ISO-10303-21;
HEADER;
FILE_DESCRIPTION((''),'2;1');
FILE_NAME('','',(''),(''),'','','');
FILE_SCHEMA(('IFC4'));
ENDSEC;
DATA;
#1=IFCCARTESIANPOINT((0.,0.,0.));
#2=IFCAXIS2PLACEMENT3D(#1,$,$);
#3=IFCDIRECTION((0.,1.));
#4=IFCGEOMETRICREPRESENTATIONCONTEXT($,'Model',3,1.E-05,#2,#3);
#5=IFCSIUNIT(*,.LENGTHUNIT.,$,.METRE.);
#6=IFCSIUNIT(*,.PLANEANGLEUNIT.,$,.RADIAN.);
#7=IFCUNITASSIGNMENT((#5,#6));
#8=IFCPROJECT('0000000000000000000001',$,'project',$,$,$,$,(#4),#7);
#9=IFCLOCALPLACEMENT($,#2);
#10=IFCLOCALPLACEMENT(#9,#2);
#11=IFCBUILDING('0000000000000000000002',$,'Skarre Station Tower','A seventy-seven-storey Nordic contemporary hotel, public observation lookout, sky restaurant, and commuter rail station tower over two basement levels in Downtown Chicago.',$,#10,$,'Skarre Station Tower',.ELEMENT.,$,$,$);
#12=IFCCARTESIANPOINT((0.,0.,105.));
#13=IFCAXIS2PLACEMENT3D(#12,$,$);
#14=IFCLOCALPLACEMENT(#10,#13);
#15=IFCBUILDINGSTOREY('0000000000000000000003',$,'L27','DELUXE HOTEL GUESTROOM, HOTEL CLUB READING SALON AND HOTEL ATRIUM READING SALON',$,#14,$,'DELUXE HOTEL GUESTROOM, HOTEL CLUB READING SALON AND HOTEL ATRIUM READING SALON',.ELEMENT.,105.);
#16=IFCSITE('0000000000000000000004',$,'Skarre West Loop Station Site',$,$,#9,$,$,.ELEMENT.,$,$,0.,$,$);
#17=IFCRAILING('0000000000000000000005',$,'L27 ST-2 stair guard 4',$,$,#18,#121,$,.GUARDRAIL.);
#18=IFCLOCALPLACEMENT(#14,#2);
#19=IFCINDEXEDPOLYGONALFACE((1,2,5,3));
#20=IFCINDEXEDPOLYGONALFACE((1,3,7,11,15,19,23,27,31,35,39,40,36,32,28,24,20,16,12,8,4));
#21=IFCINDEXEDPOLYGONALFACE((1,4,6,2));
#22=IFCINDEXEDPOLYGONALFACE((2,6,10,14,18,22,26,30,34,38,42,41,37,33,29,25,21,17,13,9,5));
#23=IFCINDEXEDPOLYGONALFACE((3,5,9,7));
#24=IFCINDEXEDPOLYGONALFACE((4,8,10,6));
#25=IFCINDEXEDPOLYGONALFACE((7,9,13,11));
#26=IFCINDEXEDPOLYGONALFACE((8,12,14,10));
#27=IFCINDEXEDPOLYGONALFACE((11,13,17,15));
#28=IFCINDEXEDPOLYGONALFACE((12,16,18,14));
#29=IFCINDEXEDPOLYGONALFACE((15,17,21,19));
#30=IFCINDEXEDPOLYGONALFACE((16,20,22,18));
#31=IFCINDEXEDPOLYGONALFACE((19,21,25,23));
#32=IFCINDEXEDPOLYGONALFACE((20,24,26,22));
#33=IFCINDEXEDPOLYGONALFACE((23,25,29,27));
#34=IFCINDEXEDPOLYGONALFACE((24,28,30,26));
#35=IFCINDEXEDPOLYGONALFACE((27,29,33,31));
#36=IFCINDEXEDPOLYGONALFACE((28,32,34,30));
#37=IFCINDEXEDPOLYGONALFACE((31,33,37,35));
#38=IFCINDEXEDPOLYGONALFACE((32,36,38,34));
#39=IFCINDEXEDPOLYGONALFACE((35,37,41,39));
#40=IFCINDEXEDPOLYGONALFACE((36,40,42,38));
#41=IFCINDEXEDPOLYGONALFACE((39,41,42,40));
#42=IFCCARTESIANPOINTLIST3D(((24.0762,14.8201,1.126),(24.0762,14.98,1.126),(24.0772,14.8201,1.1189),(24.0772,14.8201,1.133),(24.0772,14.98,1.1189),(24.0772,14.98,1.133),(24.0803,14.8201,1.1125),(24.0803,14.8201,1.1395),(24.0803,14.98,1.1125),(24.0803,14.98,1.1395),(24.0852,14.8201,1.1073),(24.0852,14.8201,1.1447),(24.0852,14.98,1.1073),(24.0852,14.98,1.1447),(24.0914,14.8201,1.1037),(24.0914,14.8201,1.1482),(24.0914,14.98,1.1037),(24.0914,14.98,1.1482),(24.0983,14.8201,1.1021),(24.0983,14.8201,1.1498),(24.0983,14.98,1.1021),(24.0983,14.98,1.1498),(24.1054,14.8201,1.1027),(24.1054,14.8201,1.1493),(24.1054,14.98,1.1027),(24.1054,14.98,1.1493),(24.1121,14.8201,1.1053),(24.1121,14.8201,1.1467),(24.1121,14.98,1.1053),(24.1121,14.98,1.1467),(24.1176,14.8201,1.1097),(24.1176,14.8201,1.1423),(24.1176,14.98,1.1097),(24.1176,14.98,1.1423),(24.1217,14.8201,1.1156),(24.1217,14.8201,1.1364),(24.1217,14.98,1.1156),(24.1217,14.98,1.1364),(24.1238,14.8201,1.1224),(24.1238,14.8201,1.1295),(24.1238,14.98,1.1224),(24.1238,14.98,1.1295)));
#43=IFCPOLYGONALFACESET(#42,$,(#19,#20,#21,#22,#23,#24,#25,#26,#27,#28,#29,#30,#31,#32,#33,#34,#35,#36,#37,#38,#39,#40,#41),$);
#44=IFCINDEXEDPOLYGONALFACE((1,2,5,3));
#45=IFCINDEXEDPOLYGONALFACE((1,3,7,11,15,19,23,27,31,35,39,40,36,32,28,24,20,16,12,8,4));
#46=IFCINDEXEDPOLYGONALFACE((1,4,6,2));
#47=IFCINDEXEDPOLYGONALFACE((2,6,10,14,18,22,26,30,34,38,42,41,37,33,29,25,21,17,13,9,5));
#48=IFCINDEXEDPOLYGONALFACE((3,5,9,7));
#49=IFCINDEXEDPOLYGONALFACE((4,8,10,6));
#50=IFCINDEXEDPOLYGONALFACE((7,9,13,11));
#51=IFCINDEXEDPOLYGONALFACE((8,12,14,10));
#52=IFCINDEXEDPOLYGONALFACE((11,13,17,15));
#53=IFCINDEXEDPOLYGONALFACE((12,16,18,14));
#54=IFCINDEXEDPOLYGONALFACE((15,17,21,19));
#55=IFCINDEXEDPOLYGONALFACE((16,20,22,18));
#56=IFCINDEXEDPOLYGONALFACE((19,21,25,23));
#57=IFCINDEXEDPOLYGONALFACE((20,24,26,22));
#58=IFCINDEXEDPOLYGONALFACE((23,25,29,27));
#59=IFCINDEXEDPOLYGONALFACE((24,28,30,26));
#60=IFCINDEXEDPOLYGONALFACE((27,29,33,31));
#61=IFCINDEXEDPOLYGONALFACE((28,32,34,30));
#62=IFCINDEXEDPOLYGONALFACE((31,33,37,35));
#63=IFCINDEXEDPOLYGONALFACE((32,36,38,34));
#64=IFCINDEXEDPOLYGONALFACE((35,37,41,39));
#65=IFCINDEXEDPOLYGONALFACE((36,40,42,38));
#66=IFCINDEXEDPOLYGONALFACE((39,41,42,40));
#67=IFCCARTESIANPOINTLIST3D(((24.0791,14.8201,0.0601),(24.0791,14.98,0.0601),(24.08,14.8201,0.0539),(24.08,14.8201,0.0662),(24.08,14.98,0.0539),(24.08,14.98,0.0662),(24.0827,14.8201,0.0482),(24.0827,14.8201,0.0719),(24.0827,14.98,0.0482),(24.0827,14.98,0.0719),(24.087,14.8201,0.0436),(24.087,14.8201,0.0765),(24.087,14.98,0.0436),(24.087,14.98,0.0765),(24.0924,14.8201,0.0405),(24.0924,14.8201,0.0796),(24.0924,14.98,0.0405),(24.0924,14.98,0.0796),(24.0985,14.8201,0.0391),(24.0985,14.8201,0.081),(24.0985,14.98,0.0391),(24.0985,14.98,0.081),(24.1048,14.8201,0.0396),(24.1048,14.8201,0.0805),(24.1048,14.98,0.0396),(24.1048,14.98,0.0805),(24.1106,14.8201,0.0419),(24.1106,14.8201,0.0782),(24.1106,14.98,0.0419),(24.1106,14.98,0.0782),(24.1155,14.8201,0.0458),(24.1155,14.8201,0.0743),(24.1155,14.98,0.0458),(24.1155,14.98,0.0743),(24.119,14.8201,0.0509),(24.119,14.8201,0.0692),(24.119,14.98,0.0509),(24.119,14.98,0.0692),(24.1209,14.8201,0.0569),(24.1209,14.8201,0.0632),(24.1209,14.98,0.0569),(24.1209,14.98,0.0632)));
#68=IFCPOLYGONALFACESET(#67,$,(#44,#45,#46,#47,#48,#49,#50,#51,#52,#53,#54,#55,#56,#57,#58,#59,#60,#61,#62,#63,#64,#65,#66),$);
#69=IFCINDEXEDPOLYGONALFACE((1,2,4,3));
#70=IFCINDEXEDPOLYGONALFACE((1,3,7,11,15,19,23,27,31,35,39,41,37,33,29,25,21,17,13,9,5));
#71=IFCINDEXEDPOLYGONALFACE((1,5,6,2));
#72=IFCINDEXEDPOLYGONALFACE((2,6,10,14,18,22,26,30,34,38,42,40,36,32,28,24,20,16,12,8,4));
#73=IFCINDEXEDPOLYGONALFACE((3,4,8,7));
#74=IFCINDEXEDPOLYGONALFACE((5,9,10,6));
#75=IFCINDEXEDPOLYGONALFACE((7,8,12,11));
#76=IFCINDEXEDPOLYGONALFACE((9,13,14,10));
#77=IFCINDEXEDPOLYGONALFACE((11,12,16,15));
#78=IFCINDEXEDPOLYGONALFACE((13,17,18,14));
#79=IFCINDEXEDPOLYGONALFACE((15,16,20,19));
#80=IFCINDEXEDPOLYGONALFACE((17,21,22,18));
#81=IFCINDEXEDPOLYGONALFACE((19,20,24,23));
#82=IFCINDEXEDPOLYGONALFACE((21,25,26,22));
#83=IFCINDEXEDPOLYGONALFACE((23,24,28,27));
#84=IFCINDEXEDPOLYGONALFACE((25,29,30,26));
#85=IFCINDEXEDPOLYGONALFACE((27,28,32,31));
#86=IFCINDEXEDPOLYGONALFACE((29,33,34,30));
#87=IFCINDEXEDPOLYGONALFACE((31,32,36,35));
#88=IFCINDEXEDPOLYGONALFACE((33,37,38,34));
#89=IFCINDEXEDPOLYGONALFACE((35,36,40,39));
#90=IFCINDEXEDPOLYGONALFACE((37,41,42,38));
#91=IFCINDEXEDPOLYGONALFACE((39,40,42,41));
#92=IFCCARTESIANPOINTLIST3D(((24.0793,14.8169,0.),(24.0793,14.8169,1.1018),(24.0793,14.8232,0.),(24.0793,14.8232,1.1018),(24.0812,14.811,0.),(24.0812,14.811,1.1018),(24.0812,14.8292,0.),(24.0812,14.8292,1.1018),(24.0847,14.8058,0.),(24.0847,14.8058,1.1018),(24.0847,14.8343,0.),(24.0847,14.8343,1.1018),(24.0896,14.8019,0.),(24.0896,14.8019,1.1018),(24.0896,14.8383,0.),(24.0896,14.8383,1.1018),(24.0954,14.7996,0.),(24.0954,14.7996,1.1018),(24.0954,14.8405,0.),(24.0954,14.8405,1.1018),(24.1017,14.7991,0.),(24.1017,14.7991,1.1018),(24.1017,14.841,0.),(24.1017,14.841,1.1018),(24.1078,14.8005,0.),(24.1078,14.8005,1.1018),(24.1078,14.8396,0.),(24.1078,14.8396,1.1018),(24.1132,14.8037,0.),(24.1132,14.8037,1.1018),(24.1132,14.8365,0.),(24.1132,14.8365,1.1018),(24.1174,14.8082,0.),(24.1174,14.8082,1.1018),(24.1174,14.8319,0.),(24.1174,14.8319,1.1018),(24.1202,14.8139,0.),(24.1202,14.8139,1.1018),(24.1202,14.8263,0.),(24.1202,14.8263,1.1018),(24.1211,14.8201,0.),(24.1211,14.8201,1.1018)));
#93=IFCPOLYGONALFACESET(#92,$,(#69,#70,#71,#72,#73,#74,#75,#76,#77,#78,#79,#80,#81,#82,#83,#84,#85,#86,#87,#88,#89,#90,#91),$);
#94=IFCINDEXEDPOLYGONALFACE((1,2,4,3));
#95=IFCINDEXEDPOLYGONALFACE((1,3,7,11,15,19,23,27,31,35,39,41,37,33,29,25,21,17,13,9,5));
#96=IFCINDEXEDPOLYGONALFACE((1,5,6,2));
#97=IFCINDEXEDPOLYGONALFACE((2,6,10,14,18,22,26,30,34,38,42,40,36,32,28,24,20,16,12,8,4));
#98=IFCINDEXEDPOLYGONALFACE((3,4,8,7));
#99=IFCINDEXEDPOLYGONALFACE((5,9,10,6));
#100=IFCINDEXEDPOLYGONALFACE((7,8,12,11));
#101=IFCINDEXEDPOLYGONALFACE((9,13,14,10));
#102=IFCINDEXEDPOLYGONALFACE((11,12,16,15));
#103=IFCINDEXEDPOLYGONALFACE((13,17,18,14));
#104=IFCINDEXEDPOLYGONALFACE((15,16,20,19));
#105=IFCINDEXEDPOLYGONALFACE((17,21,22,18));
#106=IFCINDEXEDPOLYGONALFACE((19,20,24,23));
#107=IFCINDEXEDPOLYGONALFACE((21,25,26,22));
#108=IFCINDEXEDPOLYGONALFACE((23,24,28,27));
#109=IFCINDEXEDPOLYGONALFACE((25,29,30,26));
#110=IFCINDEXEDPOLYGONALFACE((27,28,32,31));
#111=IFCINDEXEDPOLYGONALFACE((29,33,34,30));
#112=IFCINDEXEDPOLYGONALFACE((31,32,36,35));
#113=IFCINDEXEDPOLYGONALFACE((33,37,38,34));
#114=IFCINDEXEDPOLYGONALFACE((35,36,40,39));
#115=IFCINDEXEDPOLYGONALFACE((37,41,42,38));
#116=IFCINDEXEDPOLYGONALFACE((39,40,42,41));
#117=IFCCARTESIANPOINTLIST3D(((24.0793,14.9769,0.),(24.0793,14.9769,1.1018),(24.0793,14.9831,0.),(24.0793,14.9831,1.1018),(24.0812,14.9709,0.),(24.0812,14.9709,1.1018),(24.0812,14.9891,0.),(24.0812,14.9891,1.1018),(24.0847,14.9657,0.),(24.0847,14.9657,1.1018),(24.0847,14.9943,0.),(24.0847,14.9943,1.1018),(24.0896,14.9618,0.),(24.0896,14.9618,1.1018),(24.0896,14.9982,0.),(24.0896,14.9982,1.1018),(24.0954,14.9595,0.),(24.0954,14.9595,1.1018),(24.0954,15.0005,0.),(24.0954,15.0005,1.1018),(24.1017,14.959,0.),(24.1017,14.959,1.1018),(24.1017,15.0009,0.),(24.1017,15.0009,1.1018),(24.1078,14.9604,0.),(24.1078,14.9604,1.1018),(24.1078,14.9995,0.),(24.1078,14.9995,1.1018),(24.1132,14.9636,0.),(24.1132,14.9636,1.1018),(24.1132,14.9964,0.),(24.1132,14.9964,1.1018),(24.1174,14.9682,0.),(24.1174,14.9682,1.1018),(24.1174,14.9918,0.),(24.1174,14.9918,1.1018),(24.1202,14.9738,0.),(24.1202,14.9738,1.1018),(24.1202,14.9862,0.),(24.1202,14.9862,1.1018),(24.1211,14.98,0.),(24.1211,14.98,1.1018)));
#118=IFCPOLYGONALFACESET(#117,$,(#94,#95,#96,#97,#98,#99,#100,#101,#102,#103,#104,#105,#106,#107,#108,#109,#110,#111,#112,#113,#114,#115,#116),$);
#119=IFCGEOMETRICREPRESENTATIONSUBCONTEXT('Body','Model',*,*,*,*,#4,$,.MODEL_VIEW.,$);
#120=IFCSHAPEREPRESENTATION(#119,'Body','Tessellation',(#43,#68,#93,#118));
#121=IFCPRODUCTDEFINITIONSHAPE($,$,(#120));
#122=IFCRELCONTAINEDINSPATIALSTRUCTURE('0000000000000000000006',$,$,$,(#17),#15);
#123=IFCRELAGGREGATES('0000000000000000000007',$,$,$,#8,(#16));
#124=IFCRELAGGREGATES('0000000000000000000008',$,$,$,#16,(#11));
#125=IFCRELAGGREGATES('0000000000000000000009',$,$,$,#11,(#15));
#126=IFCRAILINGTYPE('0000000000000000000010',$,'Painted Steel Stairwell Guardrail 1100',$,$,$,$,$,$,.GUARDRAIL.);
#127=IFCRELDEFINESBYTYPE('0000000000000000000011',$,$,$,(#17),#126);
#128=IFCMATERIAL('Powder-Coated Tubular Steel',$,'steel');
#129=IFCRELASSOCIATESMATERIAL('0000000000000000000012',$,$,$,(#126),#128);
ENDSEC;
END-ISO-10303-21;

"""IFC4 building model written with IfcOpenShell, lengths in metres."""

from ifc_helpers import new_model, si_unit, direction, frame, origin, origin_2d, place, context, subcontext, project, spatial, circle, extrude, material, type_object, element, save


model = new_model("IFC4")

# Units and contexts
model_context = context("Model", 3, precision=1e-05, world=origin(), true_north=direction((0.0, 1.0)))
body_context = subcontext(model_context, "Body", "Model", "MODEL_VIEW")
ifc_project = project(units=[si_unit("LENGTHUNIT", "METRE"), si_unit("PLANEANGLEUNIT", "RADIAN")], contexts=[model_context])

# Site, building, storey
site_placement = place(None, origin())
site = spatial("IfcSite", under=ifc_project, at=site_placement, Name="Skarre West Loop Station Site", CompositionType="ELEMENT", RefElevation=0.0)
building_placement = place(site_placement, origin())
building = spatial("IfcBuilding", under=site, at=building_placement, Name="Skarre Station Tower", Description="A seventy-seven-storey Nordic contemporary hotel, public observation lookout, sky restaurant, and commuter rail station tower over two basement levels in Downtown Chicago.", LongName="Skarre Station Tower", CompositionType="ELEMENT")
storey_placement = place(building_placement, frame((0.0, 0.0, 105.0)))
storey = spatial("IfcBuildingStorey", under=building, at=storey_placement, Name="L27", Description="DELUXE HOTEL GUESTROOM, HOTEL CLUB READING SALON AND HOTEL ATRIUM READING SALON", LongName="DELUXE HOTEL GUESTROOM, HOTEL CLUB READING SALON AND HOTEL ATRIUM READING SALON", CompositionType="ELEMENT", Elevation=105.0)

# Railing
ifc_material_1 = material(Name="Powder-Coated Tubular Steel", Category="steel")
railing_type_1 = type_object("IfcRailingType", Name="Painted Steel Stairwell Guardrail 1100", PredefinedType="GUARDRAIL", material=ifc_material_1)
railing_1_placement = place(storey_placement, frame((24.1001, 14.8201, 0.0)))
element("IfcRailing", 1, at=railing_1_placement, inside=storey, type_object=railing_type_1, Name="L27 ST-2 stair guard 4", PredefinedType="GUARDRAIL", context=body_context, shape_type="SweptSolid", body=[
    extrude(circle(Radius=0.0239, at=origin_2d()), frame((0.0, 0.0, 1.126), z_axis=(0.0, 1.0, 0.0), x_axis=(-1.0, 0.0, 0.0)), (0.0, 0.0, 1.0), 0.1599),
    extrude(circle(Radius=0.021, at=origin_2d()), frame((0.0, 0.0, 0.0601), z_axis=(0.0, 1.0, 0.0), x_axis=(-1.0, 0.0, 0.0)), (0.0, 0.0, 1.0), 0.1599),
    extrude(circle(Radius=0.021, at=origin_2d()), origin(), (0.0, 0.0, 1.0), 1.1018),
    extrude(circle(Radius=0.021, at=origin_2d()), frame((0.0, 0.1599, 0.0)), (0.0, 0.0, 1.0), 1.1018),
])

save(model, "model.ifc")
